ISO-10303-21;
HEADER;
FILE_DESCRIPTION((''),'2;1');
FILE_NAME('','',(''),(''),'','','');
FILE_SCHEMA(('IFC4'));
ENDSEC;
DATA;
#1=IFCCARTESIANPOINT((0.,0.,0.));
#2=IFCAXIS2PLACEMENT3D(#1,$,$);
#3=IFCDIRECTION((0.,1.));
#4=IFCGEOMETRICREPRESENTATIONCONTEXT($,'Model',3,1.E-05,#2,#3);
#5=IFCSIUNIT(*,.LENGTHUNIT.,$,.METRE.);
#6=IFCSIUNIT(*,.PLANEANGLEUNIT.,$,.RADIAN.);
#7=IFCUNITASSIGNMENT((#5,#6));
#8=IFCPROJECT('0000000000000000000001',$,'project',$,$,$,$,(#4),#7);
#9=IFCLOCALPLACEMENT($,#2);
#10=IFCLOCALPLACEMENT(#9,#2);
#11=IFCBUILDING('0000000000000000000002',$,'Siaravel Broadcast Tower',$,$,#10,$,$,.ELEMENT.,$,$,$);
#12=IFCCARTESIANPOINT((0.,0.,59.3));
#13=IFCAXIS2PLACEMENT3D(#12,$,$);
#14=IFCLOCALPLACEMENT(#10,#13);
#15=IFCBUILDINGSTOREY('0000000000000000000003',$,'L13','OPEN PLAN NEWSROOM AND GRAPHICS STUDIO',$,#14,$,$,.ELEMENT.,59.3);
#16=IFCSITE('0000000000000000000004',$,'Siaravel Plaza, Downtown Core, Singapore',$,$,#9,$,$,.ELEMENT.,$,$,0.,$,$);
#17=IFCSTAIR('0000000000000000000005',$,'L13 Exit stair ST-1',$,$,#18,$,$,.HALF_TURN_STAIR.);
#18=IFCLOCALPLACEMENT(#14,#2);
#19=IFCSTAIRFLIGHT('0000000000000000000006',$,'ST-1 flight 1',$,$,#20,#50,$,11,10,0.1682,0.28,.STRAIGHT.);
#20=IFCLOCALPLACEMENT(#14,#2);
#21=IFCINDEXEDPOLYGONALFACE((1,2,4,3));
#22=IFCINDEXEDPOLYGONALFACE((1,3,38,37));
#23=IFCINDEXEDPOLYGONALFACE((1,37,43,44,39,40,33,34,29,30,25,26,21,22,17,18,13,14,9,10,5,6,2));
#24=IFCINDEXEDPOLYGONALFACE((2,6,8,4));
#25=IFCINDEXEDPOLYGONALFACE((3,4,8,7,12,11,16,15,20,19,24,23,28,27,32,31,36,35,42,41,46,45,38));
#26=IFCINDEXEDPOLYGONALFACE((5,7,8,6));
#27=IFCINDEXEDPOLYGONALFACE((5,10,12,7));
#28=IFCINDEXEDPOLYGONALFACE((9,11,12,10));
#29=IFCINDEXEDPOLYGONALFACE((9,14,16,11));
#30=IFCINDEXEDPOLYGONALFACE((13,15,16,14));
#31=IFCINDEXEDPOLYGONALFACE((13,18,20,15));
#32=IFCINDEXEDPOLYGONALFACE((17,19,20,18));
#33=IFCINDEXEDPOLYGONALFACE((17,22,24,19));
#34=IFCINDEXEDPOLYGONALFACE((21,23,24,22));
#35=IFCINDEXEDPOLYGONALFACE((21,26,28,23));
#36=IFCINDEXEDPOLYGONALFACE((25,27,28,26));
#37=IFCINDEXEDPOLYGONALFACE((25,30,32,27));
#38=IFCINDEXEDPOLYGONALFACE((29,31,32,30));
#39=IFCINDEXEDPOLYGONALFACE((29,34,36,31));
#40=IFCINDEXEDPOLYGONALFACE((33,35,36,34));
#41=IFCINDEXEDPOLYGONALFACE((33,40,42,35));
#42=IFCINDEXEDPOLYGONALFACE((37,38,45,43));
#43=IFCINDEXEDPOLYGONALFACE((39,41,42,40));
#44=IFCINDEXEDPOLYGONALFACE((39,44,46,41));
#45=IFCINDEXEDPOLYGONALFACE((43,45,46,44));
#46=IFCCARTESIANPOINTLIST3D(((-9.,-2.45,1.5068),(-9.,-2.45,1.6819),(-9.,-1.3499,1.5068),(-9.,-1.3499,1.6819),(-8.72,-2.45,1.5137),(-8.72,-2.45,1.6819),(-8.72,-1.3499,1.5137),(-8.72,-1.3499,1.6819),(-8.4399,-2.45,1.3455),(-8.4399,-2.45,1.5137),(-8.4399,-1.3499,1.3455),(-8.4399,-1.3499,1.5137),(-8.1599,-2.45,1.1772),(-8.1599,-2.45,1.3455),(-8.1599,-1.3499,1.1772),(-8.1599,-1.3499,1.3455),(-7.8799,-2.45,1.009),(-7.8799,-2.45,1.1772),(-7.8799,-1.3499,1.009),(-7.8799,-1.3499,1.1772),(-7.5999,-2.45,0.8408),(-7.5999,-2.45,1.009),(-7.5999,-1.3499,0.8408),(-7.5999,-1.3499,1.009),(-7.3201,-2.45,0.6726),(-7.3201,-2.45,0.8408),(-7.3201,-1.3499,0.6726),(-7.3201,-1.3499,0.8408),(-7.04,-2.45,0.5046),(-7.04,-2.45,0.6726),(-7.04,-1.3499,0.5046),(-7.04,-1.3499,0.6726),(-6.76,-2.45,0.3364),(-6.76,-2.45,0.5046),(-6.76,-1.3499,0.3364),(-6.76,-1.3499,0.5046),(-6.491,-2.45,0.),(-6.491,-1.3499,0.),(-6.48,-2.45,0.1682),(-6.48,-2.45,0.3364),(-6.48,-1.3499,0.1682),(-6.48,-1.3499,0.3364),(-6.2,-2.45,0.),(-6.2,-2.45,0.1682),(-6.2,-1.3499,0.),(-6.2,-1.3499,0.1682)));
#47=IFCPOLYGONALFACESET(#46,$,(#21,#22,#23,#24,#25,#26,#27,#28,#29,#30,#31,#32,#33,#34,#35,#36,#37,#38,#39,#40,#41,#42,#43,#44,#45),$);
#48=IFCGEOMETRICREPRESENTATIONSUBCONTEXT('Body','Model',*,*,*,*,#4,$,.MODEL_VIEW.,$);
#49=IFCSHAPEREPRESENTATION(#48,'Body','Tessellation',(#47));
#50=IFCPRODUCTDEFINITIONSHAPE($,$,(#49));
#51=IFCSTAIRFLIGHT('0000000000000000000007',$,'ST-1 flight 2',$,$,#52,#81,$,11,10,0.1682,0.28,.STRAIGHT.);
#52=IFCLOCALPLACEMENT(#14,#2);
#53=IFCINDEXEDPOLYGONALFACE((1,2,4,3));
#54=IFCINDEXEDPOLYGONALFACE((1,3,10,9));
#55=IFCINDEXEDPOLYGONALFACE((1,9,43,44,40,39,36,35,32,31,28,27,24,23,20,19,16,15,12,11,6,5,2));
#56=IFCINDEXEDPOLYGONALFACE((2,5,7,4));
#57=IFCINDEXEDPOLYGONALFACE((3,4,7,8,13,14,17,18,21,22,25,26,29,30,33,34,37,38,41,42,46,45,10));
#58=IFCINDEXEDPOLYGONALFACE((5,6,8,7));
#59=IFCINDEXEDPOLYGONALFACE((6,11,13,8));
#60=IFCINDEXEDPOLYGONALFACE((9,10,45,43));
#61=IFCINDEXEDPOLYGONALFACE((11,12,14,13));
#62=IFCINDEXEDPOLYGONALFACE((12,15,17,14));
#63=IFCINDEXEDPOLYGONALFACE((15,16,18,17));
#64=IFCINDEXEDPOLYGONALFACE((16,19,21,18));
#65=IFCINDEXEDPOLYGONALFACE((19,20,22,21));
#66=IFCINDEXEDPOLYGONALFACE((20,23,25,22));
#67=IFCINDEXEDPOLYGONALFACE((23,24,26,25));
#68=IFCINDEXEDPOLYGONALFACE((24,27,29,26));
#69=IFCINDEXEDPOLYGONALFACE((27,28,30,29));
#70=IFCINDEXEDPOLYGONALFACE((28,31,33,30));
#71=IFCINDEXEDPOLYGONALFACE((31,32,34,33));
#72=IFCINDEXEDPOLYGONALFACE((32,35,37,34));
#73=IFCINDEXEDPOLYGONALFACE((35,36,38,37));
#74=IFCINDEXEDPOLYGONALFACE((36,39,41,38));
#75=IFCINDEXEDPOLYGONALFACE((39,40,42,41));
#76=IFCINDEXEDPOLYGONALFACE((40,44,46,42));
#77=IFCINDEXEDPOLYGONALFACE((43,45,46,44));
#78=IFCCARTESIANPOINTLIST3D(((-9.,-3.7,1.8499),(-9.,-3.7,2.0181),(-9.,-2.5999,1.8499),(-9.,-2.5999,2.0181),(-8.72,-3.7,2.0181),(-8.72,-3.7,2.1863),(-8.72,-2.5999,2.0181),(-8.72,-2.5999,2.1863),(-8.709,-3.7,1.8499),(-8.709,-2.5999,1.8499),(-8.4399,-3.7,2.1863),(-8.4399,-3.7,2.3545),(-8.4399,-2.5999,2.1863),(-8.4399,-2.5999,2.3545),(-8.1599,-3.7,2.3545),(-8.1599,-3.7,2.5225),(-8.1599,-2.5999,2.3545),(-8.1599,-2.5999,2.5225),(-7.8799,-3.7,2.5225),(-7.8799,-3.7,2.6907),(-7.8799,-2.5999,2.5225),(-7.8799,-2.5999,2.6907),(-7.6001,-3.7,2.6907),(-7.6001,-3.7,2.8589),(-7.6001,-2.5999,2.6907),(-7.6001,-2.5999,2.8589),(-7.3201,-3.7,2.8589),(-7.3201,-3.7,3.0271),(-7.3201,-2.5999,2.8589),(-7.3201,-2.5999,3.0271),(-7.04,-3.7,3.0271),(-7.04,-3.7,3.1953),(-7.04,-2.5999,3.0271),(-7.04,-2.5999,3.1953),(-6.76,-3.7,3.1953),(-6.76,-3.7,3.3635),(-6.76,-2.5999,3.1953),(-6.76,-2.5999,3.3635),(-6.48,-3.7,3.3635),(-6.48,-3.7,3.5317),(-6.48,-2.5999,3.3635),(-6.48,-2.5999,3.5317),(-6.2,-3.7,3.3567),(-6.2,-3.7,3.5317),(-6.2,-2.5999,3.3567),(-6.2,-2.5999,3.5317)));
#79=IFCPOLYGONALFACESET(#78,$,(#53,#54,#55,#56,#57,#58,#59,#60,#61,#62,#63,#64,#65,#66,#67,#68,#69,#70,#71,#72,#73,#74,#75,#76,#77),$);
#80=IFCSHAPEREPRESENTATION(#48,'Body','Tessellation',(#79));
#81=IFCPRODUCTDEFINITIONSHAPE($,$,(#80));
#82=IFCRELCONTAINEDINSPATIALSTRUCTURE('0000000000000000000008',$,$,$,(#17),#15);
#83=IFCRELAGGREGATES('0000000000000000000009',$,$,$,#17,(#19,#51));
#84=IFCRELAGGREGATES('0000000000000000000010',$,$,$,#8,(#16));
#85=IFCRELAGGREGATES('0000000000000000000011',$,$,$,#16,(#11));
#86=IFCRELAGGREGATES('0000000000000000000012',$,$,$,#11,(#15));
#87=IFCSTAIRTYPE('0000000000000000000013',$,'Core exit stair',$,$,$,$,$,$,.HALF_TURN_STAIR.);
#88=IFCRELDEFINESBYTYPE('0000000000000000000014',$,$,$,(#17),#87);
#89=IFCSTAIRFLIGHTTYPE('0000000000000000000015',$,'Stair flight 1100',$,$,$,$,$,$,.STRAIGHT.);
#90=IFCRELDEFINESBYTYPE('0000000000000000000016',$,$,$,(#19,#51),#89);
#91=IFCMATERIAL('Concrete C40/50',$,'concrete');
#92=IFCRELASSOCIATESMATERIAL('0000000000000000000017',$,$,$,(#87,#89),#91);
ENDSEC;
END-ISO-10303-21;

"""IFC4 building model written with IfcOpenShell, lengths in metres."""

from ifc_helpers import new_model, si_unit, direction, frame, origin, place, context, subcontext, project, spatial, polyline, outline, extrude, material, type_object, element, aggregate, save


model = new_model("IFC4")

# Units and contexts
model_context = context("Model", 3, precision=1e-05, world=origin(), true_north=direction((0.0, 1.0)))
body_context = subcontext(model_context, "Body", "Model", "MODEL_VIEW")
ifc_project = project(units=[si_unit("LENGTHUNIT", "METRE"), si_unit("PLANEANGLEUNIT", "RADIAN")], contexts=[model_context])

# Site, building, storey
site_placement = place(None, origin())
site = spatial("IfcSite", under=ifc_project, at=site_placement, Name="Siaravel Plaza, Downtown Core, Singapore", CompositionType="ELEMENT", RefElevation=0.0)
building_placement = place(site_placement, origin())
building = spatial("IfcBuilding", under=site, at=building_placement, Name="Siaravel Broadcast Tower", CompositionType="ELEMENT")
storey_placement = place(building_placement, frame((0.0, 0.0, 59.3)))
storey = spatial("IfcBuildingStorey", under=building, at=storey_placement, Name="L13", Description="OPEN PLAN NEWSROOM AND GRAPHICS STUDIO", CompositionType="ELEMENT", Elevation=59.3)

# Stair, stair flights
ifc_material_1 = material(Name="Concrete C40/50", Category="concrete")
stair_type = type_object("IfcStairType", Name="Core exit stair", PredefinedType="HALF_TURN_STAIR", material=ifc_material_1)
stair_placement = place(storey_placement, origin())
stair = element("IfcStair", 1, at=stair_placement, inside=storey, type_object=stair_type, Name="L13 Exit stair ST-1", PredefinedType="HALF_TURN_STAIR")
stair_flight_type = type_object("IfcStairFlightType", Name="Stair flight 1100", PredefinedType="STRAIGHT", material=ifc_material_1)
stair_flight_1_placement = place(storey_placement, frame((-6.2, -1.8999, 0.0), z_axis=(0.0, 0.0, 1.0), x_axis=(-1.0, 0.0, 0.0)))
stair_flight_1 = element("IfcStairFlight", 2, at=stair_flight_1_placement, type_object=stair_flight_type, Name="ST-1 flight 1", NumberOfRisers=11, NumberOfTreads=10, PredefinedType="STRAIGHT", RiserHeight=0.1682, TreadLength=0.28, context=body_context, shape_type="SweptSolid", body=[
    extrude(outline(polyline([(0.0, 0.0), (0.0, 0.1682), (0.28, 0.1682), (0.28, 0.3364), (0.5601, 0.3364), (0.5601, 0.5046), (0.8401, 0.5046), (0.8401, 0.6726), (1.1201, 0.6726), (1.1201, 0.8408), (1.3999, 0.8408), (1.3999, 1.009), (1.6799, 1.009), (1.6799, 1.1772), (1.96, 1.1772), (1.96, 1.3455), (2.24, 1.3455), (2.24, 1.5137), (2.52, 1.5137), (2.52, 1.6819), (2.8, 1.6819), (2.8, 1.8501), (2.8, 1.5068), (0.291, 0.0), (0.0, 0.0)])), frame((0.0, 0.55, 0.0), z_axis=(0.0, -1.0, 0.0), x_axis=(1.0, 0.0, 0.0)), (0.0, 0.0, 1.0), 1.1001),
])
stair_flight_2_placement = place(storey_placement, frame((-9.0, -3.1499, 1.8499), z_axis=(0.0, 0.0, 1.0), x_axis=(1.0, 0.0, 0.0)))
stair_flight_2 = element("IfcStairFlight", 3, at=stair_flight_2_placement, type_object=stair_flight_type, Name="ST-1 flight 2", NumberOfRisers=11, NumberOfTreads=10, PredefinedType="STRAIGHT", RiserHeight=0.1682, TreadLength=0.28, context=body_context, shape_type="SweptSolid", body=[
    extrude(outline(polyline([(0.0, 0.0), (0.0, 0.1682), (0.28, 0.1682), (0.28, 0.3364), (0.5601, 0.3364), (0.5601, 0.5046), (0.8401, 0.5046), (0.8401, 0.6726), (1.1201, 0.6726), (1.1201, 0.8408), (1.3999, 0.8408), (1.3999, 1.009), (1.6799, 1.009), (1.6799, 1.1772), (1.96, 1.1772), (1.96, 1.3455), (2.24, 1.3455), (2.24, 1.5137), (2.52, 1.5137), (2.52, 1.6819), (2.8, 1.6819), (2.8, 1.8501), (2.8, 1.5068), (0.291, 0.0), (0.0, 0.0)])), frame((0.0, 0.55, 0.0), z_axis=(0.0, -1.0, 0.0), x_axis=(1.0, 0.0, 0.0)), (0.0, 0.0, 1.0), 1.1001),
])
aggregate(stair, [stair_flight_1, stair_flight_2])

save(model, "model.ifc")
